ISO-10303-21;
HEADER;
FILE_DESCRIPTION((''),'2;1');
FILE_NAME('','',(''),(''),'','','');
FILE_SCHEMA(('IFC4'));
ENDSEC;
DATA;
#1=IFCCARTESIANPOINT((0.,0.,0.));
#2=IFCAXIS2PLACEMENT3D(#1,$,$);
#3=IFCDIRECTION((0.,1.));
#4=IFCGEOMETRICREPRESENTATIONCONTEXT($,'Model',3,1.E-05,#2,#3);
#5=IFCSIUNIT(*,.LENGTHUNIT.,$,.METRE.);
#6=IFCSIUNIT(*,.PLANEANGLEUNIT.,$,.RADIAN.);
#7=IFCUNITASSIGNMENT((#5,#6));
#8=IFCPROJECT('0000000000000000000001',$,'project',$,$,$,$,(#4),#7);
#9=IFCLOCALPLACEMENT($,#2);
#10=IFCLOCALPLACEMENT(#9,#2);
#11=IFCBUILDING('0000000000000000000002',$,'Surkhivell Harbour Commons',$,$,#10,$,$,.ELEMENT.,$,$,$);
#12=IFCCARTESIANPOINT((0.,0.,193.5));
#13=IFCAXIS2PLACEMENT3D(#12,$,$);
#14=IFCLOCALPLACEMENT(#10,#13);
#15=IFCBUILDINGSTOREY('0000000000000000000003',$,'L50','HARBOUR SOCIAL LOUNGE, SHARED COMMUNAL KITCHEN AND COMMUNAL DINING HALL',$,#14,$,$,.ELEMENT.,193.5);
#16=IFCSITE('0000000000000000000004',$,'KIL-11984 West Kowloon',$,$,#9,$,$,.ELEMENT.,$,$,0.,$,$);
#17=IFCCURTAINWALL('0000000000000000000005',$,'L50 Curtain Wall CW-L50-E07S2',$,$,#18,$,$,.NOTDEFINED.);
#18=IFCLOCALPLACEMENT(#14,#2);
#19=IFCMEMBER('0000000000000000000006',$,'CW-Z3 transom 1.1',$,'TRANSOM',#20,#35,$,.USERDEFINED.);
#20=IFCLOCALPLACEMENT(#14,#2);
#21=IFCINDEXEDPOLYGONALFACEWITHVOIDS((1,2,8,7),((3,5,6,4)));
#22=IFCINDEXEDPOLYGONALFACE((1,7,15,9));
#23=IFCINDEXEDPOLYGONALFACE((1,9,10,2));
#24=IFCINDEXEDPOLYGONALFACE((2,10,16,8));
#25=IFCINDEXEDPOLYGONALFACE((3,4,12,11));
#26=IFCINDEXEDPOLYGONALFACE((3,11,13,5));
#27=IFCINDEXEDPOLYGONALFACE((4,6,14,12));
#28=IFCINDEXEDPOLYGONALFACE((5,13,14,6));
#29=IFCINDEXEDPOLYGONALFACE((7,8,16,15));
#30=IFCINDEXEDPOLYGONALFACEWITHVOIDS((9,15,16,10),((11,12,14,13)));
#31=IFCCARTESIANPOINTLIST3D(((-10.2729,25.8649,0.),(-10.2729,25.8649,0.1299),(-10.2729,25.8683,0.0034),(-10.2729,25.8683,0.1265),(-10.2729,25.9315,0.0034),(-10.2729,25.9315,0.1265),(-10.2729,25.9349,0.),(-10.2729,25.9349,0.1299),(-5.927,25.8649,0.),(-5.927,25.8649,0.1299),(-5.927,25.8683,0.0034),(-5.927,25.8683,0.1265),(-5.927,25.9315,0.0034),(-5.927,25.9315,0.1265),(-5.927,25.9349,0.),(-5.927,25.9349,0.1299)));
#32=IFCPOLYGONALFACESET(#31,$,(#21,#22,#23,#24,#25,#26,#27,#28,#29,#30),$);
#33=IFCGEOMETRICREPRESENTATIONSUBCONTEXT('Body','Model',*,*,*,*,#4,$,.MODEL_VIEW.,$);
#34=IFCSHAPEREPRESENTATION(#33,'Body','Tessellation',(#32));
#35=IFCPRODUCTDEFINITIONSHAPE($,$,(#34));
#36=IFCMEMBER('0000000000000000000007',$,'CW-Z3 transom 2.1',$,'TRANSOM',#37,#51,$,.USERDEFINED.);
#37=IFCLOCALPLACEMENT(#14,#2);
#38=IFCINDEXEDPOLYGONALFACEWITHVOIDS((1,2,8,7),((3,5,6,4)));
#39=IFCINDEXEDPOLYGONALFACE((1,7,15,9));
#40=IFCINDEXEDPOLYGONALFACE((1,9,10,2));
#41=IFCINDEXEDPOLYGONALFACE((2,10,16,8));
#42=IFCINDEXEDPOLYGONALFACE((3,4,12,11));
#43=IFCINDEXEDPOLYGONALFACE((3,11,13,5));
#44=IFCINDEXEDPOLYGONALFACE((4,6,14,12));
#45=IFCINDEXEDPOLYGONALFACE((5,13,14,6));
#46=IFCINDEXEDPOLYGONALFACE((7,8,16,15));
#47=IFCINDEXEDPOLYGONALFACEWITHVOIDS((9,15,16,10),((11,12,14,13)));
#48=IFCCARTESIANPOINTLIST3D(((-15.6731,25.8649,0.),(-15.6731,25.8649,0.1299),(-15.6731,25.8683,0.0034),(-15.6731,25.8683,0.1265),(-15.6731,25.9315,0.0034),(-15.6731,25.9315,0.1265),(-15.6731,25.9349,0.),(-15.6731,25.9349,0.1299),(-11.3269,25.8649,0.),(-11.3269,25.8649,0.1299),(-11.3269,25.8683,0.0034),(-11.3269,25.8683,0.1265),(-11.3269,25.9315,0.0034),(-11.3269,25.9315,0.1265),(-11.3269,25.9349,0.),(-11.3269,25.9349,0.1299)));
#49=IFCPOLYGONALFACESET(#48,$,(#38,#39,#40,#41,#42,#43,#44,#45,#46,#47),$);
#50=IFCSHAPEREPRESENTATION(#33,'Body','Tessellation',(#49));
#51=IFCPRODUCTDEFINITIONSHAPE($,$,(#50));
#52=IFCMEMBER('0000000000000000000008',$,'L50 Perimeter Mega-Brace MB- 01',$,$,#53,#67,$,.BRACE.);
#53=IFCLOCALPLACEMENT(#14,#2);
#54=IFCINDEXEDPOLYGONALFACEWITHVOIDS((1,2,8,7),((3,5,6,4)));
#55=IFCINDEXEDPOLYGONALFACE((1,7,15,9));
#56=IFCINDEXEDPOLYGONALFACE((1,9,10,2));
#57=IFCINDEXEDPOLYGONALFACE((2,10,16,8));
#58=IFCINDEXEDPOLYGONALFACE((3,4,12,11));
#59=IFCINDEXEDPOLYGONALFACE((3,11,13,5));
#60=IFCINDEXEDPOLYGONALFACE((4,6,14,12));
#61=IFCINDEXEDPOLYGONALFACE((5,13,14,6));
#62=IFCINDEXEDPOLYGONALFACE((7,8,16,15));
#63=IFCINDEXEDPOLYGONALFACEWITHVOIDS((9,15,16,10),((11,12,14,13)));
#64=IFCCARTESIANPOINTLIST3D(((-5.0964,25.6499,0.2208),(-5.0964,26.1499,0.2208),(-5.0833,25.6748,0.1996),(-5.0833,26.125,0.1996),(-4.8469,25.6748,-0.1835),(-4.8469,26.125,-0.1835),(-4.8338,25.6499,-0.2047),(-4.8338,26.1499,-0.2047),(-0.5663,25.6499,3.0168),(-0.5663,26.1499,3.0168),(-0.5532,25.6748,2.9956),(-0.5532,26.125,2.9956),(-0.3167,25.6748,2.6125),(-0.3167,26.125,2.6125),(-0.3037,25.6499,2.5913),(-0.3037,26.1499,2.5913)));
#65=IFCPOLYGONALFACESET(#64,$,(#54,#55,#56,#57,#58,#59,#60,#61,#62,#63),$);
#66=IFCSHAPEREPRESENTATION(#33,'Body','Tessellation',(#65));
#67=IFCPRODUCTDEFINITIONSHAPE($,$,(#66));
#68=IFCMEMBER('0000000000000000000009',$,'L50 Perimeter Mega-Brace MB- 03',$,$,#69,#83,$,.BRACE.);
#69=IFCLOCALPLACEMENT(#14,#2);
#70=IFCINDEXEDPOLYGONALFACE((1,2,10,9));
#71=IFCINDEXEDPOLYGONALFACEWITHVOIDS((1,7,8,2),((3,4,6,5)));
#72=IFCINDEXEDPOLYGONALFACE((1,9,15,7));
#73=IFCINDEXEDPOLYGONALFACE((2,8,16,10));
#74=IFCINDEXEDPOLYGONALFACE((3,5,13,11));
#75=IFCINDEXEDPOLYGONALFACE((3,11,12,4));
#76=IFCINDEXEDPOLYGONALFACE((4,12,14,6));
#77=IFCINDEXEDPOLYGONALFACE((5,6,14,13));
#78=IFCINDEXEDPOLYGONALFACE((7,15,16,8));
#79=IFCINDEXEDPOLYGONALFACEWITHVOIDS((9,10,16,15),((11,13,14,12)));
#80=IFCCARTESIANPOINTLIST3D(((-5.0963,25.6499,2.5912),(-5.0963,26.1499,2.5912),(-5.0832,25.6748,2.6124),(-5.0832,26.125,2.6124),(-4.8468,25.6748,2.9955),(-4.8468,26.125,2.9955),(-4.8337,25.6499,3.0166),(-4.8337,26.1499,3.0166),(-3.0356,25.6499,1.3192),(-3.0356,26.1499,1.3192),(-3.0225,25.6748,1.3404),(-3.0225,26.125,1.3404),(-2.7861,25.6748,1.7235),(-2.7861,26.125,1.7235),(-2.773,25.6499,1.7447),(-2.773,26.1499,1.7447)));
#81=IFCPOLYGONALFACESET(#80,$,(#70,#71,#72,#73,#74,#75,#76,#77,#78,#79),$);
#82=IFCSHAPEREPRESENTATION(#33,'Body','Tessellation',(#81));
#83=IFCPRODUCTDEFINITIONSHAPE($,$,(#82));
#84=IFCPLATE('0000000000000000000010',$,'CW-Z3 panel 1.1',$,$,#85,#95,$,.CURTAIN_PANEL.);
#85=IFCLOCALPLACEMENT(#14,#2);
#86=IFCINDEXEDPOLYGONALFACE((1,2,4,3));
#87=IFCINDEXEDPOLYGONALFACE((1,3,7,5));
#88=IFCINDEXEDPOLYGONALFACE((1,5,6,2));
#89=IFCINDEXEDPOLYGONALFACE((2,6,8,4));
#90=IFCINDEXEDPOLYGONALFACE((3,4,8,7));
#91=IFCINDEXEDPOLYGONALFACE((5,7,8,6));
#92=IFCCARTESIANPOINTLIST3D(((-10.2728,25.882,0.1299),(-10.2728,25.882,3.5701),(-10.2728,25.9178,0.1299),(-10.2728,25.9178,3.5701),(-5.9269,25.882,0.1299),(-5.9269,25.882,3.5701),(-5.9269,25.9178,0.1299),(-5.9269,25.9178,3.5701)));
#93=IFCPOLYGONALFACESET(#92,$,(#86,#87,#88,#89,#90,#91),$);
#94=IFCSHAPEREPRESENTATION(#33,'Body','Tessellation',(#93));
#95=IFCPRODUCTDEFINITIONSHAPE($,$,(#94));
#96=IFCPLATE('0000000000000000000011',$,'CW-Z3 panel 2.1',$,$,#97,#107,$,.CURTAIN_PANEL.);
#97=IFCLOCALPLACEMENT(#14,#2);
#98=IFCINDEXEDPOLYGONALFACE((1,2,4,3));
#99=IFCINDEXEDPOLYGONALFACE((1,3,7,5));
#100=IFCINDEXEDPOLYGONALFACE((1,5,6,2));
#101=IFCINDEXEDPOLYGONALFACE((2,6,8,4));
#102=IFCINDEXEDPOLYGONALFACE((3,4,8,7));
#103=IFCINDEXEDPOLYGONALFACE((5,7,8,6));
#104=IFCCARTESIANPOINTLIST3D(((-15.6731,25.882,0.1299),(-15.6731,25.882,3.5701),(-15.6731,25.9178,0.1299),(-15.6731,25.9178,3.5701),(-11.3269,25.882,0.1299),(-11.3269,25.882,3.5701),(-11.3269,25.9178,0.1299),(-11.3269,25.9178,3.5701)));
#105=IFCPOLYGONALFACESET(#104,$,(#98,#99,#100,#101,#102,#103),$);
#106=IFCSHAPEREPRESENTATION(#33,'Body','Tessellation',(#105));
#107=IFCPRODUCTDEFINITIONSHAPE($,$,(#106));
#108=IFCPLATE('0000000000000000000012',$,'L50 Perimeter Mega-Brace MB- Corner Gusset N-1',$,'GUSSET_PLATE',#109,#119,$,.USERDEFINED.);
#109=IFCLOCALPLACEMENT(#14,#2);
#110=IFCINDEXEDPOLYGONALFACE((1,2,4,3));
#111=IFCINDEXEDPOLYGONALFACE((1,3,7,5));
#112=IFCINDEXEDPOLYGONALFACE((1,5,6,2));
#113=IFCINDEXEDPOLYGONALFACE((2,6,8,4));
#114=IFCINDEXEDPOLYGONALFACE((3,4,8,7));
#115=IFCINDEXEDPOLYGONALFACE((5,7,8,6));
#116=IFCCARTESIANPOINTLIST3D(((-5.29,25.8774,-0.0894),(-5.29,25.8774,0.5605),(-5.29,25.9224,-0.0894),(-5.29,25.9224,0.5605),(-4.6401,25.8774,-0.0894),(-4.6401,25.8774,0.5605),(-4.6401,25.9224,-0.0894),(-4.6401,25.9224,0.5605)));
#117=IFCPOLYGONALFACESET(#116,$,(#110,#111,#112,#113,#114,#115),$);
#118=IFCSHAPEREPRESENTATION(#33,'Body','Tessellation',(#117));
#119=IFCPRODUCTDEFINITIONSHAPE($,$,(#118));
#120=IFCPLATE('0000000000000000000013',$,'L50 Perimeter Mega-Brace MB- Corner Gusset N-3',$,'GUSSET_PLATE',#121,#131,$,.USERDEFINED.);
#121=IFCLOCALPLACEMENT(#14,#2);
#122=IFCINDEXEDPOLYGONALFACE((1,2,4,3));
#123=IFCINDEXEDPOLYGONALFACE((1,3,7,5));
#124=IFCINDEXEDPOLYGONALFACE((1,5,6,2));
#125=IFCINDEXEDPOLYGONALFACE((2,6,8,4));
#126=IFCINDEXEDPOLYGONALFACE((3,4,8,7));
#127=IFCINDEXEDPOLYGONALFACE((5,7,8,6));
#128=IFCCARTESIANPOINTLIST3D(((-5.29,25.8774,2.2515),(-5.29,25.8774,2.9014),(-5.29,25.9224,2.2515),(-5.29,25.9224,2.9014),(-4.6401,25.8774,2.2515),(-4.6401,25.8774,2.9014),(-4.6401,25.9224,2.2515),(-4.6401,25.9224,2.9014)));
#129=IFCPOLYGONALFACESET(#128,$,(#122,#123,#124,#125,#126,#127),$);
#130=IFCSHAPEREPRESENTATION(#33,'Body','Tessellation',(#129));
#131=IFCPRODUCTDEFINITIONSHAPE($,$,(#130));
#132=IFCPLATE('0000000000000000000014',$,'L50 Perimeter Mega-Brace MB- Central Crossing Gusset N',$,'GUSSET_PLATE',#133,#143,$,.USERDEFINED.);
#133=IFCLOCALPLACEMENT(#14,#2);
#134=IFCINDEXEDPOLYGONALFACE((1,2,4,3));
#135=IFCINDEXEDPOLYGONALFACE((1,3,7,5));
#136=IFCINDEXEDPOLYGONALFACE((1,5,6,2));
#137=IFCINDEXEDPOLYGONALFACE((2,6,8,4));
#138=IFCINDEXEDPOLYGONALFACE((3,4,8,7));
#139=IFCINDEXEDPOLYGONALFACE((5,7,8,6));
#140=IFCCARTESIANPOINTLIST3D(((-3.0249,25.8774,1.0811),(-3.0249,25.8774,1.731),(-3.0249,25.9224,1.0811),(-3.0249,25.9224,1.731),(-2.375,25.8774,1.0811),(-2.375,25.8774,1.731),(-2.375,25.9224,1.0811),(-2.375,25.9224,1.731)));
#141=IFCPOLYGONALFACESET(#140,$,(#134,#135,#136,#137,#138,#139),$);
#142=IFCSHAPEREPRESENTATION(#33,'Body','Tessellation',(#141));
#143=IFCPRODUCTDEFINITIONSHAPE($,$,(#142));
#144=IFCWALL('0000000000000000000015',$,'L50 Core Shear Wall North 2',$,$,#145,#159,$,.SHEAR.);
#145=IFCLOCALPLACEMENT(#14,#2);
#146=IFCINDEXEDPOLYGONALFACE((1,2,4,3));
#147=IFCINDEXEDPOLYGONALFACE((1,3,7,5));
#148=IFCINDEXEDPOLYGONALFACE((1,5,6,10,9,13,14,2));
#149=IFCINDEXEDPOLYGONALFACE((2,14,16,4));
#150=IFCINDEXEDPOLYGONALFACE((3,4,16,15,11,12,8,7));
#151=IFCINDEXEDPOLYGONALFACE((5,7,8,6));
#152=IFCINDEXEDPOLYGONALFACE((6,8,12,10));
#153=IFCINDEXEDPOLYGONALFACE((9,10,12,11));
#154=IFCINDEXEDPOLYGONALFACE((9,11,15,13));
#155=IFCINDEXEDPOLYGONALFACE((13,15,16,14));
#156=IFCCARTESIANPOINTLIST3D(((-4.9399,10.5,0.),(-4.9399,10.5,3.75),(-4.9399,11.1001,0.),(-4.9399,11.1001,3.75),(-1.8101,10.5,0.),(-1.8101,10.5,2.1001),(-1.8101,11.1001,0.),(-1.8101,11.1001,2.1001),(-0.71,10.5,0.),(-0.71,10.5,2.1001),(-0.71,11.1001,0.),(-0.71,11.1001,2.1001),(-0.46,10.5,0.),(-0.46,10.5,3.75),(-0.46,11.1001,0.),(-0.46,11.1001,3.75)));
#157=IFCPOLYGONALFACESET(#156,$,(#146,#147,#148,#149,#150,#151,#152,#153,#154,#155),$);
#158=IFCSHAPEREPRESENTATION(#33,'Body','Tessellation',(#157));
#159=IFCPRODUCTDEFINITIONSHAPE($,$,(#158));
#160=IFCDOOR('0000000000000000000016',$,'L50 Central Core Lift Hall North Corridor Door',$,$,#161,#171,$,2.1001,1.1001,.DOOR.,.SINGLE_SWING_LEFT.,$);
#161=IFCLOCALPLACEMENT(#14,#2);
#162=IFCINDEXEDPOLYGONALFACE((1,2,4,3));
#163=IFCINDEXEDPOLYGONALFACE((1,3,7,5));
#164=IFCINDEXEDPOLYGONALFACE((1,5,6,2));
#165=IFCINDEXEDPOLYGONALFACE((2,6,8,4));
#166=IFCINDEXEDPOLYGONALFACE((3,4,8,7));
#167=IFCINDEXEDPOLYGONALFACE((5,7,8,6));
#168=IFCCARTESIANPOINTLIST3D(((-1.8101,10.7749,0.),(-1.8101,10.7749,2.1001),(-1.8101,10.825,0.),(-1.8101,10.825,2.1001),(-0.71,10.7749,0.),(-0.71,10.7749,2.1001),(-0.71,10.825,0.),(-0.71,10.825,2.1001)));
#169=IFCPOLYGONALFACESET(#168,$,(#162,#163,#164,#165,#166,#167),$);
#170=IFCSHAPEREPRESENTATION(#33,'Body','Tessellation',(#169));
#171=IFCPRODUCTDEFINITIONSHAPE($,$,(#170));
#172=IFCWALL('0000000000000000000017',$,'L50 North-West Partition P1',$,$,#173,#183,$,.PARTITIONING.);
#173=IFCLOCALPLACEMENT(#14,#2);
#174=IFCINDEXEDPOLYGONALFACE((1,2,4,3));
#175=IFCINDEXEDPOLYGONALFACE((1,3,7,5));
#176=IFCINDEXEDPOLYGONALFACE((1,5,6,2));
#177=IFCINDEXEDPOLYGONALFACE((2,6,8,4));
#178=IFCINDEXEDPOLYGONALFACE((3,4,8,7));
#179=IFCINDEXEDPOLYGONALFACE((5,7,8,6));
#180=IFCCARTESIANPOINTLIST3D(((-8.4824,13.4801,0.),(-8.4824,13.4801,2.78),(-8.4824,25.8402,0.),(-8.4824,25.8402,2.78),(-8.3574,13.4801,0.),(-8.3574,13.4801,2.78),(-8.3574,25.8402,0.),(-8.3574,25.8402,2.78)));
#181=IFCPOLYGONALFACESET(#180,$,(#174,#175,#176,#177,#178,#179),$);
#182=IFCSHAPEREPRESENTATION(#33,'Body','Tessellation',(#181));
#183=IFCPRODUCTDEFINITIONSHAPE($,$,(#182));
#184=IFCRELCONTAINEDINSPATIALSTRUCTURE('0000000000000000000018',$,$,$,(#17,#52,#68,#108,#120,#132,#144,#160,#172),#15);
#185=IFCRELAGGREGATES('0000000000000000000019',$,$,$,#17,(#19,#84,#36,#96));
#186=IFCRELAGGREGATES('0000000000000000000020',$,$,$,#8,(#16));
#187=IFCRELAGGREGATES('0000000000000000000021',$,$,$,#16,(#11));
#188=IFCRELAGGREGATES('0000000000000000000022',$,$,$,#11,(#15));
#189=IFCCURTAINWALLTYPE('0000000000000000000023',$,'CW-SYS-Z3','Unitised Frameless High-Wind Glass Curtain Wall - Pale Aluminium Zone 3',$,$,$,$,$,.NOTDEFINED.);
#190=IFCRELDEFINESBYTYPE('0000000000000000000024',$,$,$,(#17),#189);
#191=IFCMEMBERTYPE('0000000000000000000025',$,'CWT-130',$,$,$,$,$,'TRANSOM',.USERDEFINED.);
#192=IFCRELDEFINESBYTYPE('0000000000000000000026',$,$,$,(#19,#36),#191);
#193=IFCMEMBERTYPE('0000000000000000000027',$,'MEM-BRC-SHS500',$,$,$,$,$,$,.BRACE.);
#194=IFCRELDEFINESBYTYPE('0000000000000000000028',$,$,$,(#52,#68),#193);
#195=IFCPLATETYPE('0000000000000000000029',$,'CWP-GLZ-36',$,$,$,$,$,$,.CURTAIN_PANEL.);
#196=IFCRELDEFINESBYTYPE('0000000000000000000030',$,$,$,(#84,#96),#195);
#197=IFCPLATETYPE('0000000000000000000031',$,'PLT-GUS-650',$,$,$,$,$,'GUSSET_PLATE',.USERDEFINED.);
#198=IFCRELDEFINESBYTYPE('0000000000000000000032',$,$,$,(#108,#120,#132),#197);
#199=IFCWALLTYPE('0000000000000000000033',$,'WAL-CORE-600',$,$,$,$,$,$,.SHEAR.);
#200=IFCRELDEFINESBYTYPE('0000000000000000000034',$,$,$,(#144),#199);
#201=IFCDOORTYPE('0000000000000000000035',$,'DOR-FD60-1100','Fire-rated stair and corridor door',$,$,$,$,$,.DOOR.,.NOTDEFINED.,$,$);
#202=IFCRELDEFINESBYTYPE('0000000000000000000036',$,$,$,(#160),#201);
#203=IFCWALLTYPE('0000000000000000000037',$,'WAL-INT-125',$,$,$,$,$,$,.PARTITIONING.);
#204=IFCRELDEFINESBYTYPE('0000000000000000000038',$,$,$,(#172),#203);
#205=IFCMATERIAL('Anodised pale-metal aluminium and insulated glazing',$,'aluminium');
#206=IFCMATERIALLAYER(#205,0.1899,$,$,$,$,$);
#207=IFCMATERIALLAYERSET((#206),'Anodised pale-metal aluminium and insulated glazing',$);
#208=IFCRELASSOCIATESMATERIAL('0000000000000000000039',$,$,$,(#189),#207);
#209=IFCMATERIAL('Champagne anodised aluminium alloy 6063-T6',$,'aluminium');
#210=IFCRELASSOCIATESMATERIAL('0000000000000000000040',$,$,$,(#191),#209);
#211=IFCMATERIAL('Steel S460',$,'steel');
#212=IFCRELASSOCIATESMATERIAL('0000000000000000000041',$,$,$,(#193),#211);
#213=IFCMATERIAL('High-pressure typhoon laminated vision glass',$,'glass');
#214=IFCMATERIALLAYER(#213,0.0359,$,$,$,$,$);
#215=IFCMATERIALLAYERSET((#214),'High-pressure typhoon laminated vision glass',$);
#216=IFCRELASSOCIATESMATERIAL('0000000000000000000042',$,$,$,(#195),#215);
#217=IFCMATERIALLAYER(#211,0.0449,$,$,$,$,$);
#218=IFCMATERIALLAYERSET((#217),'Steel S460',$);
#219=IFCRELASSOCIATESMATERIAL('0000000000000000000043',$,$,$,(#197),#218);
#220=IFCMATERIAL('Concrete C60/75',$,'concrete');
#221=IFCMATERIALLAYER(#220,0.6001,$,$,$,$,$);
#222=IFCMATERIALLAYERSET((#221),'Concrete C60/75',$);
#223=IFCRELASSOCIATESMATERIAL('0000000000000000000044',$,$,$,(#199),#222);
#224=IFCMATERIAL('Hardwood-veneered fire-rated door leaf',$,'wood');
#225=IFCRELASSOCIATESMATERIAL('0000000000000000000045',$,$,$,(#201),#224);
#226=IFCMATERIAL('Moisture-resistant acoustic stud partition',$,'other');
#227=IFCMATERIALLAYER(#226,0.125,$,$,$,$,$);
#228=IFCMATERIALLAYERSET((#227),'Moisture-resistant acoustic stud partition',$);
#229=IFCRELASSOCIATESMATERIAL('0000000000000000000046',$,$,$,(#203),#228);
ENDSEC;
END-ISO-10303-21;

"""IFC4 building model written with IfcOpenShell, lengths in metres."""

from ifc_helpers import new_model, si_unit, direction, frame, frame_2d, origin, origin_2d, place, context, subcontext, project, spatial, rectangle, hollow_rectangle, extrude, material, layer, layer_set, material_profile, profile_set, type_object, element, fill, aggregate, save


model = new_model("IFC4")

# Units and contexts
model_context = context("Model", 3, precision=1e-05, world=origin(), true_north=direction((0.0, 1.0)))
body_context = subcontext(model_context, "Body", "Model", "MODEL_VIEW")
ifc_project = project(units=[si_unit("LENGTHUNIT", "METRE"), si_unit("PLANEANGLEUNIT", "RADIAN")], contexts=[model_context])

# Site, building, storey
site_placement = place(None, origin())
site = spatial("IfcSite", under=ifc_project, at=site_placement, Name="KIL-11984 West Kowloon", CompositionType="ELEMENT", RefElevation=0.0)
building_placement = place(site_placement, origin())
building = spatial("IfcBuilding", under=site, at=building_placement, Name="Surkhivell Harbour Commons", CompositionType="ELEMENT")
storey_placement = place(building_placement, frame((0.0, 0.0, 193.5)))
storey = spatial("IfcBuildingStorey", under=building, at=storey_placement, Name="L50", Description="HARBOUR SOCIAL LOUNGE, SHARED COMMUNAL KITCHEN AND COMMUNAL DINING HALL", CompositionType="ELEMENT", Elevation=193.5)

# Shared definitions
ifc_material_1 = material(Name="Concrete C60/75", Category="concrete")

# Curtain wall, members
ifc_material_2 = material(Name="Anodised pale-metal aluminium and insulated glazing", Category="aluminium")
ifc_layer_1 = layer(ifc_material_2, 0.1899)
ifc_layer_set_1 = layer_set([ifc_layer_1], Name="Anodised pale-metal aluminium and insulated glazing")
curtain_wall_type = type_object("IfcCurtainWallType", Name="CW-SYS-Z3", Description="Unitised Frameless High-Wind Glass Curtain Wall - Pale Aluminium Zone 3", PredefinedType="NOTDEFINED", material=ifc_layer_set_1)
curtain_wall_placement = place(storey_placement, origin())
curtain_wall = element("IfcCurtainWall", 1, at=curtain_wall_placement, inside=storey, type_object=curtain_wall_type, Name="L50 Curtain Wall CW-L50-E07S2", PredefinedType="NOTDEFINED")
ifc_material_3 = material(Name="Champagne anodised aluminium alloy 6063-T6", Category="aluminium")
ifc_material_profile_1 = material_profile(ifc_material_3, hollow_rectangle(XDim=0.0701, YDim=0.1299, WallThickness=0.0034, at=origin_2d()), Name="ALU-TRAN-70x130")
ifc_profile_set_1 = profile_set([ifc_material_profile_1], Name="Champagne anodised aluminium alloy 6063-T6")
member_type_1 = type_object("IfcMemberType", Name="CWT-130", ElementType="TRANSOM", PredefinedType="USERDEFINED", material=ifc_profile_set_1)
member_1_placement = place(storey_placement, frame((-5.927, 25.8999, 0.0649), z_axis=(-1.0, 0.0, 0.0), x_axis=(0.0, -1.0, 0.0)))
member_1 = element("IfcMember", 2, at=member_1_placement, type_object=member_type_1, Name="CW-Z3 transom 1.1", ObjectType="TRANSOM", PredefinedType="USERDEFINED", context=body_context, shape_type="SweptSolid", body=[
    extrude(hollow_rectangle(XDim=0.0701, YDim=0.1299, WallThickness=0.0034, at=origin_2d()), origin(), (0.0, 0.0, 1.0), 4.3459),
])
member_2_placement = place(storey_placement, frame((-11.3269, 25.8999, 0.0649), z_axis=(-1.0, 0.0, 0.0), x_axis=(0.0, -1.0, 0.0)))
member_2 = element("IfcMember", 3, at=member_2_placement, type_object=member_type_1, Name="CW-Z3 transom 2.1", ObjectType="TRANSOM", PredefinedType="USERDEFINED", context=body_context, shape_type="SweptSolid", body=[
    extrude(hollow_rectangle(XDim=0.0701, YDim=0.1299, WallThickness=0.0034, at=origin_2d()), origin(), (0.0, 0.0, 1.0), 4.3462),
])

# Members
ifc_material_4 = material(Name="Steel S460", Category="steel")
ifc_material_profile_2 = material_profile(ifc_material_4, hollow_rectangle(XDim=0.5, YDim=0.5, WallThickness=0.0249, at=origin_2d()), Name="SHS500x500x25")
ifc_profile_set_2 = profile_set([ifc_material_profile_2], Name="Steel S460")
member_type_2 = type_object("IfcMemberType", Name="MEM-BRC-SHS500", PredefinedType="BRACE", material=ifc_profile_set_2)
member_3_placement = place(storey_placement, frame((-4.9651, 25.8999, 0.0081), z_axis=(0.850971, 0.0, 0.525213), x_axis=(0.0, 1.0, 0.0)))
element("IfcMember", 4, at=member_3_placement, inside=storey, type_object=member_type_2, Name="L50 Perimeter Mega-Brace MB- 01", PredefinedType="BRACE", context=body_context, shape_type="SweptSolid", body=[
    extrude(hollow_rectangle(XDim=0.5, YDim=0.5, WallThickness=0.0249, at=origin_2d()), origin(), (0.0, 0.0, 1.0), 5.3235),
])
member_4_placement = place(storey_placement, frame((-2.9043, 25.8999, 1.532), z_axis=(-0.850958, 0.0, 0.525233), x_axis=(0.0, -1.0, 0.0)))
element("IfcMember", 5, at=member_4_placement, inside=storey, type_object=member_type_2, Name="L50 Perimeter Mega-Brace MB- 03", PredefinedType="BRACE", context=body_context, shape_type="SweptSolid", body=[
    extrude(hollow_rectangle(XDim=0.5, YDim=0.5, WallThickness=0.0249, at=origin_2d()), origin(), (0.0, 0.0, 1.0), 2.4216),
])

# Plates
ifc_material_5 = material(Name="High-pressure typhoon laminated vision glass", Category="glass")
ifc_layer_2 = layer(ifc_material_5, 0.0359)
ifc_layer_set_2 = layer_set([ifc_layer_2], Name="High-pressure typhoon laminated vision glass")
plate_type_1 = type_object("IfcPlateType", Name="CWP-GLZ-36", PredefinedType="CURTAIN_PANEL", material=ifc_layer_set_2)
plate_1_placement = place(storey_placement, frame((-5.927, 25.8999, 0.1299), z_axis=(0.0, 0.0, 1.0), x_axis=(-1.0, 0.0, 0.0)))
plate_1 = element("IfcPlate", 6, at=plate_1_placement, type_object=plate_type_1, Name="CW-Z3 panel 1.1", PredefinedType="CURTAIN_PANEL", context=body_context, shape_type="SweptSolid", body=[
    extrude(rectangle(XDim=4.3459, YDim=0.0359, at=frame_2d((2.1729, 0.0))), origin(), (0.0, 0.0, 1.0), 3.4402),
])
plate_2_placement = place(storey_placement, frame((-11.3269, 25.8999, 0.1299), z_axis=(0.0, 0.0, 1.0), x_axis=(-1.0, 0.0, 0.0)))
plate_2 = element("IfcPlate", 7, at=plate_2_placement, type_object=plate_type_1, Name="CW-Z3 panel 2.1", PredefinedType="CURTAIN_PANEL", context=body_context, shape_type="SweptSolid", body=[
    extrude(rectangle(XDim=4.3462, YDim=0.0359, at=frame_2d((2.1731, 0.0))), origin(), (0.0, 0.0, 1.0), 3.4402),
])
aggregate(curtain_wall, [member_1, plate_1, member_2, plate_2])

# Plates
ifc_layer_3 = layer(ifc_material_4, 0.0449)
ifc_layer_set_3 = layer_set([ifc_layer_3], Name="Steel S460")
plate_type_2 = type_object("IfcPlateType", Name="PLT-GUS-650", ElementType="GUSSET_PLATE", PredefinedType="USERDEFINED", material=ifc_layer_set_3)
for number, where, z_axis, x_axis, name in (
    (8, (-4.9651, 25.8999, -0.0894), (0.0, 0.0, 1.0), (1.0, 0.0, 0.0), "L50 Perimeter Mega-Brace MB- Corner Gusset N-1"),
    (9, (-4.9651, 25.8999, 2.2515), (0.0, 0.0, 1.0), (1.0, 0.0, 0.0), "L50 Perimeter Mega-Brace MB- Corner Gusset N-3"),
    (10, (-2.7, 25.8999, 1.0811), (0.0, 0.0, 1.0), (1.0, 0.0, 0.0), "L50 Perimeter Mega-Brace MB- Central Crossing Gusset N"),
):
    element("IfcPlate", number, at=place(storey_placement, frame(where, z_axis=z_axis, x_axis=x_axis)), inside=storey, type_object=plate_type_2, Name=name, ObjectType="GUSSET_PLATE", PredefinedType="USERDEFINED", context=body_context, shape_type="SweptSolid", body=[
        extrude(rectangle(XDim=0.6499, YDim=0.0449, at=origin_2d()), origin(), (0.0, 0.0, 1.0), 0.6499),
    ])

# Wall, opening, door
ifc_layer_4 = layer(ifc_material_1, 0.6001)
ifc_layer_set_4 = layer_set([ifc_layer_4], Name="Concrete C60/75")
wall_type_1 = type_object("IfcWallType", Name="WAL-CORE-600", PredefinedType="SHEAR", material=ifc_layer_set_4)
wall_1_placement = place(storey_placement, frame((-4.9399, 10.8, 0.0), z_axis=(0.0, 0.0, 1.0), x_axis=(1.0, 0.0, 0.0)))
wall_1 = element("IfcWall", 11, at=wall_1_placement, inside=storey, type_object=wall_type_1, Name="L50 Core Shear Wall North 2", PredefinedType="SHEAR", context=body_context, shape_type="SweptSolid", body=[
    extrude(rectangle(XDim=4.48, YDim=0.6001, at=frame_2d((2.24, 0.0))), origin(), (0.0, 0.0, 1.0), 3.75),
])
opening_1_placement = place(wall_1_placement, frame((3.1299, 0.0, 0.0)))
opening_1 = element("IfcOpeningElement", 12, at=opening_1_placement, cuts=wall_1, PredefinedType="OPENING", context=body_context, shape_type="SweptSolid", body=[
    extrude(rectangle(XDim=1.1001, YDim=2.1001, at=frame_2d((0.55, 1.05))), frame((0.0, 0.3101, 0.0), z_axis=(0.0, -1.0, 0.0), x_axis=(1.0, 0.0, 0.0)), (0.0, 0.0, 1.0), 0.6201),
])
ifc_material_6 = material(Name="Hardwood-veneered fire-rated door leaf", Category="wood")
door_type_1 = type_object("IfcDoorType", Name="DOR-FD60-1100", Description="Fire-rated stair and corridor door", OperationType="NOTDEFINED", PredefinedType="DOOR", material=ifc_material_6)
door_1_placement = place(opening_1_placement, origin())
door_1 = element("IfcDoor", 13, at=door_1_placement, inside=storey, type_object=door_type_1, Name="L50 Central Core Lift Hall North Corridor Door", OperationType="SINGLE_SWING_LEFT", OverallHeight=2.1001, OverallWidth=1.1001, PredefinedType="DOOR", context=body_context, shape_type="SweptSolid", body=[
    extrude(rectangle(XDim=1.1001, YDim=2.1001, at=frame_2d((0.55, 1.05))), frame((0.0, 0.0249, 0.0), z_axis=(0.0, -1.0, 0.0), x_axis=(1.0, 0.0, 0.0)), (0.0, 0.0, 1.0), 0.05),
])
fill(opening_1, door_1)

# Wall
ifc_material_7 = material(Name="Moisture-resistant acoustic stud partition", Category="other")
ifc_layer_5 = layer(ifc_material_7, 0.125)
ifc_layer_set_5 = layer_set([ifc_layer_5], Name="Moisture-resistant acoustic stud partition")
wall_type_2 = type_object("IfcWallType", Name="WAL-INT-125", PredefinedType="PARTITIONING", material=ifc_layer_set_5)
wall_2_placement = place(storey_placement, frame((-8.4199, 13.48, 0.0), z_axis=(0.0, 0.0, 1.0), x_axis=(0.0, 1.0, 0.0)))
element("IfcWall", 14, at=wall_2_placement, inside=storey, type_object=wall_type_2, Name="L50 North-West Partition P1", PredefinedType="PARTITIONING", context=body_context, shape_type="SweptSolid", body=[
    extrude(rectangle(XDim=12.3601, YDim=0.125, at=frame_2d((6.1802, 0.0))), origin(), (0.0, 0.0, 1.0), 2.78),
])

save(model, "model.ifc")
